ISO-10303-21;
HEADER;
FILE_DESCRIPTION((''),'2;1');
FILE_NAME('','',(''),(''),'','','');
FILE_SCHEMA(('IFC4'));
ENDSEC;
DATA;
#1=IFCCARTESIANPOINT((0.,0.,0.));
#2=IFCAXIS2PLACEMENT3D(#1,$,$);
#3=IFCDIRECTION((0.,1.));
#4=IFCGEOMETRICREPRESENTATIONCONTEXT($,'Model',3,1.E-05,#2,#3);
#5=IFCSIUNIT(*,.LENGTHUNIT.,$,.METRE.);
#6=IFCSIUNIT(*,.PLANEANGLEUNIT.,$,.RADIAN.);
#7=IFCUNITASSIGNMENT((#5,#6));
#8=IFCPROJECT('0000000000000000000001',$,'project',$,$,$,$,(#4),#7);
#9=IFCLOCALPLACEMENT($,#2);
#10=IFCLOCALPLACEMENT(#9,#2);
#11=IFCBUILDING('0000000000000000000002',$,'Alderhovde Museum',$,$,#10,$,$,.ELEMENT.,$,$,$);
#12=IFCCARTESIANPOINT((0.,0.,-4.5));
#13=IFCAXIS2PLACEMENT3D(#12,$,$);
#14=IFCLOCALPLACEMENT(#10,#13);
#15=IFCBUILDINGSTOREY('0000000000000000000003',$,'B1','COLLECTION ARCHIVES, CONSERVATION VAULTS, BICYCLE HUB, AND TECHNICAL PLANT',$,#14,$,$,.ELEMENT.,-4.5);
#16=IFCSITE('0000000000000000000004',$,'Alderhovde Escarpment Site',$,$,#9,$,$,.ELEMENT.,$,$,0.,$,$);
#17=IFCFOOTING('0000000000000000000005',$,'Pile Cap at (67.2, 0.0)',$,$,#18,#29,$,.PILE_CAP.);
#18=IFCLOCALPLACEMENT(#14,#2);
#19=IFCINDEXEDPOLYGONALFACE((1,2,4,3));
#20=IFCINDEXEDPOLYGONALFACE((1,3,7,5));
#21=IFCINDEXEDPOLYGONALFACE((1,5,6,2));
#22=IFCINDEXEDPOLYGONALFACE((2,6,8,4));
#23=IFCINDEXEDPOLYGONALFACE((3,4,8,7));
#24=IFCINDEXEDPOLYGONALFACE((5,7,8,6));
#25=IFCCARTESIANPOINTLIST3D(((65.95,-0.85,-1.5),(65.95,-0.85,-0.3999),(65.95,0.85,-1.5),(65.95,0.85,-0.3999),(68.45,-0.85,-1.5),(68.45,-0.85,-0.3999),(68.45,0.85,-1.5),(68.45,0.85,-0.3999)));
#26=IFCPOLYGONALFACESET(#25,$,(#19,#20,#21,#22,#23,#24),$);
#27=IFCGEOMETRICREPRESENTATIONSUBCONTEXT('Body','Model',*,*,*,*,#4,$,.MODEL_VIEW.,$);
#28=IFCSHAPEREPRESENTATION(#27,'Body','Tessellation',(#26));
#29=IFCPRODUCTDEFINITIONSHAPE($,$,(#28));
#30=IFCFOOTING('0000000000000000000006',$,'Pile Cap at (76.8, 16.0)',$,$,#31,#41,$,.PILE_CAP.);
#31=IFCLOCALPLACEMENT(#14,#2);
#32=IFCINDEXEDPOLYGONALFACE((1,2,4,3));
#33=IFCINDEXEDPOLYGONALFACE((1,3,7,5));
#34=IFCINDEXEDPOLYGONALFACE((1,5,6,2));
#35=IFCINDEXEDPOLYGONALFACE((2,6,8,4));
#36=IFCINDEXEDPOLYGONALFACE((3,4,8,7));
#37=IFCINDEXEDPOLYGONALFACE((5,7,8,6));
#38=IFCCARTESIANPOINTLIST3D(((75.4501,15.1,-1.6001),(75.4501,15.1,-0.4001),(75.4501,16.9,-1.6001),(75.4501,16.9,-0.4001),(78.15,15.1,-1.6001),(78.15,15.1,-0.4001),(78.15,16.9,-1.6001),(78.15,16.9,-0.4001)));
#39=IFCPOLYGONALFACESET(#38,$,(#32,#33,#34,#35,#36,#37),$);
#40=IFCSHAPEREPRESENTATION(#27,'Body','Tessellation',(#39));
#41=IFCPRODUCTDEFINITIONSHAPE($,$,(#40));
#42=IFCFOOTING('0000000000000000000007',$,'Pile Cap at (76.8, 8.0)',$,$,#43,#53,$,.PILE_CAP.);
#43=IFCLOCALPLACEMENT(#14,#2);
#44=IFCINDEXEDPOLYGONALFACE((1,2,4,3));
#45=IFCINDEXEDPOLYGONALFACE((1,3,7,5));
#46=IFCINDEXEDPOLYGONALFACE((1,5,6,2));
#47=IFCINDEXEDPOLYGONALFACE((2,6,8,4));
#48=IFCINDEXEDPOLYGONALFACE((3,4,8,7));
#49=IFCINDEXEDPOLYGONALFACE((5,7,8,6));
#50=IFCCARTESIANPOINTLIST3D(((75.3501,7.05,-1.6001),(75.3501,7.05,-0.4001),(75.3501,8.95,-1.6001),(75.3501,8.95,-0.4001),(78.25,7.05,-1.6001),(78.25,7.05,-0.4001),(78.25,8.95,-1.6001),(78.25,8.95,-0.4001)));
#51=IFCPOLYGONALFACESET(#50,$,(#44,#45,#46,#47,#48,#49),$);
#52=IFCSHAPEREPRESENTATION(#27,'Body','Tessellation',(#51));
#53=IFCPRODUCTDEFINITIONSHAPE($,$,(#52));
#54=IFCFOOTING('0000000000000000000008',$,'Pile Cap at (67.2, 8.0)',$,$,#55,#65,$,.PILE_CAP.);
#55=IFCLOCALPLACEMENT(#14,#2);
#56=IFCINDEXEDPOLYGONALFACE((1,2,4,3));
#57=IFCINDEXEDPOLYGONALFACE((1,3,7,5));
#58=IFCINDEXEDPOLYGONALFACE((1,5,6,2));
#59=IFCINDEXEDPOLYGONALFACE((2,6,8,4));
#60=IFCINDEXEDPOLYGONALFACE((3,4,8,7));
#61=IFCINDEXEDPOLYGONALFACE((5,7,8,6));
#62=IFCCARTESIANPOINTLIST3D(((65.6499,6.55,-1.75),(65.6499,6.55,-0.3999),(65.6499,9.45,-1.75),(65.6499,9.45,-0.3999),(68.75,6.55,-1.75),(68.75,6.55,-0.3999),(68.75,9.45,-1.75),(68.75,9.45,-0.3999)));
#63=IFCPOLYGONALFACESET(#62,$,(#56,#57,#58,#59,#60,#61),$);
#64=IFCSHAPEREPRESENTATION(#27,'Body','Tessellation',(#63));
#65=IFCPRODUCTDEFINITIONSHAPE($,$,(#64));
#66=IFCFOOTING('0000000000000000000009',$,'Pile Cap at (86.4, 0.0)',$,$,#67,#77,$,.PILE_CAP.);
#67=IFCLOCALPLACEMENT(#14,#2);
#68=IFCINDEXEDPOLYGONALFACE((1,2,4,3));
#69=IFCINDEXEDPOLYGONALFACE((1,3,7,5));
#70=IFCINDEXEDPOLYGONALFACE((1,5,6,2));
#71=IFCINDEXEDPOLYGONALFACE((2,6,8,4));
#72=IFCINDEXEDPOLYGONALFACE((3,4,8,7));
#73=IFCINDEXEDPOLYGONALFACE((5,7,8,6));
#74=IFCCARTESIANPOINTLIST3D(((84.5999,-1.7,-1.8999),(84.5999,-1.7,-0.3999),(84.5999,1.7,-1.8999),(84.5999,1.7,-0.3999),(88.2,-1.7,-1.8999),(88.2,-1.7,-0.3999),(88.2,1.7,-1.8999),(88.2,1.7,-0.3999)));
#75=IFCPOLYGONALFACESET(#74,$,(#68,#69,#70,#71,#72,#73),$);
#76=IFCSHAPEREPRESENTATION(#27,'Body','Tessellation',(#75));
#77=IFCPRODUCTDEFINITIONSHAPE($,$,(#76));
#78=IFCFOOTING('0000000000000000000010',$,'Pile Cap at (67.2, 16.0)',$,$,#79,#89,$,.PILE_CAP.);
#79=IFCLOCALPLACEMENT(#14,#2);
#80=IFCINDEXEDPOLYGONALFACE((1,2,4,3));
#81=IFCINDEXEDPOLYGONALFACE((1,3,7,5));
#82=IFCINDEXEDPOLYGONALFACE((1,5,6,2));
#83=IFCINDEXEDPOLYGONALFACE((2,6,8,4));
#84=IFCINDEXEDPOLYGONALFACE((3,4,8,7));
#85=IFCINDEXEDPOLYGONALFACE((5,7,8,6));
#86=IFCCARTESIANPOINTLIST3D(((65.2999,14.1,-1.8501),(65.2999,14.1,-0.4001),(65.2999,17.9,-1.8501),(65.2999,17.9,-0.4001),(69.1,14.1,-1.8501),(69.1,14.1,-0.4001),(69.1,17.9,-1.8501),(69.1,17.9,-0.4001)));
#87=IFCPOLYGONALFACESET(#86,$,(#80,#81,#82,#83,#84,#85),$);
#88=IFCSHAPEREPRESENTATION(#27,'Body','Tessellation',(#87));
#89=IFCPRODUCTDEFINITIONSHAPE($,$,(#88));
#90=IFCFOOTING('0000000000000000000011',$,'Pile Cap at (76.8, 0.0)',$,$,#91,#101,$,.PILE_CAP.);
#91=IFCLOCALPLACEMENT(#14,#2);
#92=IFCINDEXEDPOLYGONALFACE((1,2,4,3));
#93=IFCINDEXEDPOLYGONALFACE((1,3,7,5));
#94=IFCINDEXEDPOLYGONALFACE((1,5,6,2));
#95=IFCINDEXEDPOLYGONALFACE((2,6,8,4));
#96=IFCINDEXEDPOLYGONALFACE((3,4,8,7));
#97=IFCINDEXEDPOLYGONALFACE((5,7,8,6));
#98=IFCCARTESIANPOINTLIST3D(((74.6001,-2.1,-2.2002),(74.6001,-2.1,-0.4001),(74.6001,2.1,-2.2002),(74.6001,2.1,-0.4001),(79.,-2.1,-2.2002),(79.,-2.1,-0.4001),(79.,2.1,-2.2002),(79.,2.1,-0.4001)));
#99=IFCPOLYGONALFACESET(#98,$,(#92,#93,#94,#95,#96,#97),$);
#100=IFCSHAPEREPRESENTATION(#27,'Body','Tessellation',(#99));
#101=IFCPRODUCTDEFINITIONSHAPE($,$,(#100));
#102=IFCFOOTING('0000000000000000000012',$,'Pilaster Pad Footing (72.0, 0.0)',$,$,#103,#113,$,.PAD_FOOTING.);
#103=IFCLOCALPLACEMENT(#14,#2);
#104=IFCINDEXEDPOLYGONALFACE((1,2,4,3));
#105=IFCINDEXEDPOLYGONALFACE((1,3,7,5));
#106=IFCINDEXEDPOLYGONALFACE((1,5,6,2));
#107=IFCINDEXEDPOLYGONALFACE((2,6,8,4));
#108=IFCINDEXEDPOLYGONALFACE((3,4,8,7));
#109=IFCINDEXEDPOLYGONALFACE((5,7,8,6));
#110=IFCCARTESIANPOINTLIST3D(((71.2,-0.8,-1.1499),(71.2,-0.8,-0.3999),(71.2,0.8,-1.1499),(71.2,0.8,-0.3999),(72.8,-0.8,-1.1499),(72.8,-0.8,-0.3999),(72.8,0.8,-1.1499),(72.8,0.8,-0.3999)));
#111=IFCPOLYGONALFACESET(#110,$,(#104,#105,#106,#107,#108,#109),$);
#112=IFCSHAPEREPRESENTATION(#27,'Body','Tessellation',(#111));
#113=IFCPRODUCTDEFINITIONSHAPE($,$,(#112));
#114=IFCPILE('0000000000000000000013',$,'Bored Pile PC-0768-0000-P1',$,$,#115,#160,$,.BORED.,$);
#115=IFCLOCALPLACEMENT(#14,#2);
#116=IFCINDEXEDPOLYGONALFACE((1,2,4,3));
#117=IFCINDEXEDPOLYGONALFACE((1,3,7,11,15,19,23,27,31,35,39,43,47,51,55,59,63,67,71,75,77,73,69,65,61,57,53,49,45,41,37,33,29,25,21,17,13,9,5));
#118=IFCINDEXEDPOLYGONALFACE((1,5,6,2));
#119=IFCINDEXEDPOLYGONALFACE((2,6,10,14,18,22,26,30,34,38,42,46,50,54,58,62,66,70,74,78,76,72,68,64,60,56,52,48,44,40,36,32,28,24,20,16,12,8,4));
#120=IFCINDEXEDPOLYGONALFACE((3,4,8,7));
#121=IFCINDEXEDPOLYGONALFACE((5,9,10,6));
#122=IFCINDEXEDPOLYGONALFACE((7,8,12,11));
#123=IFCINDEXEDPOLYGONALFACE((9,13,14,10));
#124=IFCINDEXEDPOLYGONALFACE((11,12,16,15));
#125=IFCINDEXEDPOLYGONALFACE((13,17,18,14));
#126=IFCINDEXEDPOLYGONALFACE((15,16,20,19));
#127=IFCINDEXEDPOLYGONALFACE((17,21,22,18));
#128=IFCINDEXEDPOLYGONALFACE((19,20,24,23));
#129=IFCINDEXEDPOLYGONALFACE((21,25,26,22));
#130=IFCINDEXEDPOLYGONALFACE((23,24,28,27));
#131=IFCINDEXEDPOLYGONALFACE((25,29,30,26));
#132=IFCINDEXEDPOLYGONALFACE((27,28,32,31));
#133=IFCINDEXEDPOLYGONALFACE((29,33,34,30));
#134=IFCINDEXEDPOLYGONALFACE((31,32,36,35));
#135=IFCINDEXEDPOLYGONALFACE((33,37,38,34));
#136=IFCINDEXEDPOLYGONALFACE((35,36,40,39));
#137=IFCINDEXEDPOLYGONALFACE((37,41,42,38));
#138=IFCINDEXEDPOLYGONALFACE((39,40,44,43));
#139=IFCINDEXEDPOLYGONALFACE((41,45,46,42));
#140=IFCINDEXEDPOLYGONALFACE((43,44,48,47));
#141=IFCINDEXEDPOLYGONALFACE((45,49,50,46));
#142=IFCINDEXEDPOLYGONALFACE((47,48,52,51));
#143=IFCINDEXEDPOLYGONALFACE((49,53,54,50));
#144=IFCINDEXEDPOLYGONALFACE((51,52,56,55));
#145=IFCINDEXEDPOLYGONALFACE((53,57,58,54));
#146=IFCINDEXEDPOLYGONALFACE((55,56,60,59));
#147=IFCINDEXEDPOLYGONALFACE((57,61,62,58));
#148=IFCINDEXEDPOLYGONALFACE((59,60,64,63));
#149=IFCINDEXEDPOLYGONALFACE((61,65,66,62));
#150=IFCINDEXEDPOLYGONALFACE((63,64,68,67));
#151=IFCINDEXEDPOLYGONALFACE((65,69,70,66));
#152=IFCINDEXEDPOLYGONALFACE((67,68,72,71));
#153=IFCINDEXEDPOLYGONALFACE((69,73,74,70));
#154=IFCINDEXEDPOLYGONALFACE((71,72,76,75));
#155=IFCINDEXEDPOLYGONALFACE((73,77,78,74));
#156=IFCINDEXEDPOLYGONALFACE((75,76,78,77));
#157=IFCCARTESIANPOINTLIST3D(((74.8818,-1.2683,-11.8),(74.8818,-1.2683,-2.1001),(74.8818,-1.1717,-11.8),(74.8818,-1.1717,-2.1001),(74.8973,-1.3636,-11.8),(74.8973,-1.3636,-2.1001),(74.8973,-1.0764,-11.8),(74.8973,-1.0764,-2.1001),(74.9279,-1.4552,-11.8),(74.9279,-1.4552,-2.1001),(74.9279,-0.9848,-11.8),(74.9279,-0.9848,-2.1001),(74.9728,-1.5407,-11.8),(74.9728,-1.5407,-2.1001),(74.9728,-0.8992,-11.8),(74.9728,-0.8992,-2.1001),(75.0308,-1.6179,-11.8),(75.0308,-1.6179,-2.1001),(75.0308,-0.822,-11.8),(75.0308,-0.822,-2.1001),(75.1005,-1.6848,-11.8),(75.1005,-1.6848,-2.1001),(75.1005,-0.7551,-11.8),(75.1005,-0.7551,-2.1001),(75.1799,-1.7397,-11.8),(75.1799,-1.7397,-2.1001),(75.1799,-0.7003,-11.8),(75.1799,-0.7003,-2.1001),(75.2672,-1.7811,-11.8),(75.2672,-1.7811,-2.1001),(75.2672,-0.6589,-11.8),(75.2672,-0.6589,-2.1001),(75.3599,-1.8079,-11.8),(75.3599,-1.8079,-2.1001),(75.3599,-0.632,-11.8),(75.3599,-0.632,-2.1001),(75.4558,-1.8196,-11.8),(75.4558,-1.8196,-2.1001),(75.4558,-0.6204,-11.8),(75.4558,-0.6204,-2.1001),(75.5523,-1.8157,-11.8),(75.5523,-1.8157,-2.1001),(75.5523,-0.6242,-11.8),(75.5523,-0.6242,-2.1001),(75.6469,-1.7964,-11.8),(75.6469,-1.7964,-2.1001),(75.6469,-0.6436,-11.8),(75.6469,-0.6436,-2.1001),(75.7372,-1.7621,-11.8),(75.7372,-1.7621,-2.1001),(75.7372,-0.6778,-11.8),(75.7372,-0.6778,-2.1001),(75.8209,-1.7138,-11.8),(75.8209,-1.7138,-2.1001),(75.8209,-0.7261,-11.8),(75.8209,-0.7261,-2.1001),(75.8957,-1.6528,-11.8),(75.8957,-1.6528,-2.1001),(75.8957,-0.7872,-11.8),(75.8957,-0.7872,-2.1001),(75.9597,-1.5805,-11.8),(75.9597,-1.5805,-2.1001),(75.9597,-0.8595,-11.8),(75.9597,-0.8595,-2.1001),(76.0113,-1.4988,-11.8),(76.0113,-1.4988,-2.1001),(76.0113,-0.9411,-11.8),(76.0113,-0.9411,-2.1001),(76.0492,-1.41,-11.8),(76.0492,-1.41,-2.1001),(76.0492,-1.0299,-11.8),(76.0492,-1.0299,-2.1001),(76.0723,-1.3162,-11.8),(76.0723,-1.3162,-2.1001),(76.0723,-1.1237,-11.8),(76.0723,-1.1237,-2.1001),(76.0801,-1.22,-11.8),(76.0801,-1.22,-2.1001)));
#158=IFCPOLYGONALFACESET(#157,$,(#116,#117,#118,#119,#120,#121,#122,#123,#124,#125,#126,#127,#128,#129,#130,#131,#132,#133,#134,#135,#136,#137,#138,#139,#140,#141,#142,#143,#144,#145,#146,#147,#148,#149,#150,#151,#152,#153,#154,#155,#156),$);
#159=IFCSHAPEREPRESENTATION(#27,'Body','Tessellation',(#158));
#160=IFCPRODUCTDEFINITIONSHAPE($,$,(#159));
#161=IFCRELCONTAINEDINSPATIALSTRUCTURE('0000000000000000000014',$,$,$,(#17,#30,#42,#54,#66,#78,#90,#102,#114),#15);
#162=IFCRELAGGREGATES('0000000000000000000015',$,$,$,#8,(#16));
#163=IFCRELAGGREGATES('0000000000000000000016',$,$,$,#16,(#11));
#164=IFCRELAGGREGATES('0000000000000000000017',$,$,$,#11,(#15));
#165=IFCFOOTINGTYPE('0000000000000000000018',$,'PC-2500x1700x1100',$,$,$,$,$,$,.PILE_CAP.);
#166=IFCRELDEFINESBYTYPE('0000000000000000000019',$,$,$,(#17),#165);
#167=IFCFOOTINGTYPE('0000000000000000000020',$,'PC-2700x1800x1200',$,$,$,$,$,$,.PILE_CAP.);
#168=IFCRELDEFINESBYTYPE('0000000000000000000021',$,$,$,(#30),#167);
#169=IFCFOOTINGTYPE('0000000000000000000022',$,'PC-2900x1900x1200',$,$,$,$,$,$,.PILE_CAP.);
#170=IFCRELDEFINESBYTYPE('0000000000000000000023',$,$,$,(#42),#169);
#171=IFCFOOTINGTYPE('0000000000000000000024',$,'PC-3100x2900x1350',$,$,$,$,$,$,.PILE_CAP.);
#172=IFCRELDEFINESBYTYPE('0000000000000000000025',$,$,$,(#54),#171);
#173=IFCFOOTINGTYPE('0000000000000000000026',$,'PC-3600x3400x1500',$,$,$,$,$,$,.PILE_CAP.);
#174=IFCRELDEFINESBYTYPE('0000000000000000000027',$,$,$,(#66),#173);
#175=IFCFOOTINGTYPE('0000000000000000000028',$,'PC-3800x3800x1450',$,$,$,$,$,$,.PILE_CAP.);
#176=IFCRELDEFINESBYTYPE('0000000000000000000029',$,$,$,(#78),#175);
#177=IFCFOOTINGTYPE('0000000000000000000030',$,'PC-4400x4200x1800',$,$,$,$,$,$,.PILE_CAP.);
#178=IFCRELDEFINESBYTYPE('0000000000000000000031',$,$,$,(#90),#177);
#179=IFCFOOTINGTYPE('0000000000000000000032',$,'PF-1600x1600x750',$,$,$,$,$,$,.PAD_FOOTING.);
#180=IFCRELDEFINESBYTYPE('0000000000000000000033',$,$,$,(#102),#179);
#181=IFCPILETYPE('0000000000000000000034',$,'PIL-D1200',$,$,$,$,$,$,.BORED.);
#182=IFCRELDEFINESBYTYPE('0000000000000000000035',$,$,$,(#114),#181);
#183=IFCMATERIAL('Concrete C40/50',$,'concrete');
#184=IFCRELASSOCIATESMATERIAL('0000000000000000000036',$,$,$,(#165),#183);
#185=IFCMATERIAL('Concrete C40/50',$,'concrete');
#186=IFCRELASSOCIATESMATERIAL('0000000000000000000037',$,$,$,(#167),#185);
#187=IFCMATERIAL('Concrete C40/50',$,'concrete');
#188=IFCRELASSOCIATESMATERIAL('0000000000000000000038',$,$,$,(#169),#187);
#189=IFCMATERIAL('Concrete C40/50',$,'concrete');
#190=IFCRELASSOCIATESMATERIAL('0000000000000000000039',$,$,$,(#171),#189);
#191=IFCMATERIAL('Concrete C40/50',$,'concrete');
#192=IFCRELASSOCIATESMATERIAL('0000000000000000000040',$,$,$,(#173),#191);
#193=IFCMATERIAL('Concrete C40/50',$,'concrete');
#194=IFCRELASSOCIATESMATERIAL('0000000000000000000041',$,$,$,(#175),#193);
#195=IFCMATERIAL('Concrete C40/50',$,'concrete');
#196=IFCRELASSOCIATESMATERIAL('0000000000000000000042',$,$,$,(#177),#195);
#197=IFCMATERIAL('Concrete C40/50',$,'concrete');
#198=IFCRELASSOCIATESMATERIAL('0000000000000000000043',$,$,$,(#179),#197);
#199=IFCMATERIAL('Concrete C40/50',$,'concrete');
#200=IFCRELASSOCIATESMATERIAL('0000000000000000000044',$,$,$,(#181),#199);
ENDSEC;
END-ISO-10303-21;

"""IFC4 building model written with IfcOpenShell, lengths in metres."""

from ifc_helpers import new_model, si_unit, direction, frame, origin, origin_2d, place, context, subcontext, project, spatial, rectangle, circle, extrude, material, material_profile, profile_set, type_object, element, save


model = new_model("IFC4")

# Units and contexts
model_context = context("Model", 3, precision=1e-05, world=origin(), true_north=direction((0.0, 1.0)))
body_context = subcontext(model_context, "Body", "Model", "MODEL_VIEW")
ifc_project = project(units=[si_unit("LENGTHUNIT", "METRE"), si_unit("PLANEANGLEUNIT", "RADIAN")], contexts=[model_context])

# Site, building, storey
site_placement = place(None, origin())
site = spatial("IfcSite", under=ifc_project, at=site_placement, Name="Alderhovde Escarpment Site", CompositionType="ELEMENT", RefElevation=0.0)
building_placement = place(site_placement, origin())
building = spatial("IfcBuilding", under=site, at=building_placement, Name="Alderhovde Museum", CompositionType="ELEMENT")
storey_placement = place(building_placement, frame((0.0, 0.0, -4.5)))
storey = spatial("IfcBuildingStorey", under=building, at=storey_placement, Name="B1", Description="COLLECTION ARCHIVES, CONSERVATION VAULTS, BICYCLE HUB, AND TECHNICAL PLANT", CompositionType="ELEMENT", Elevation=-4.5)

# Footings
ifc_material_1 = material(Name="Concrete C40/50", Category="concrete")
footing_type_1 = type_object("IfcFootingType", Name="PC-2500x1700x1100", PredefinedType="PILE_CAP", material=ifc_material_1)
footing_1_placement = place(storey_placement, frame((67.2, 0.0, -1.5), z_axis=(0.0, 0.0, 1.0), x_axis=(1.0, 0.0, 0.0)))
element("IfcFooting", 1, at=footing_1_placement, inside=storey, type_object=footing_type_1, Name="Pile Cap at (67.2, 0.0)", PredefinedType="PILE_CAP", context=body_context, shape_type="SweptSolid", body=[
    extrude(rectangle(XDim=2.5, YDim=1.7, at=origin_2d()), origin(), (0.0, 0.0, 1.0), 1.1001),
])
ifc_material_2 = material(Name="Concrete C40/50", Category="concrete")
footing_type_2 = type_object("IfcFootingType", Name="PC-2700x1800x1200", PredefinedType="PILE_CAP", material=ifc_material_2)
footing_2_placement = place(storey_placement, frame((76.8, 16.0, -1.6001), z_axis=(0.0, 0.0, 1.0), x_axis=(1.0, 0.0, 0.0)))
element("IfcFooting", 2, at=footing_2_placement, inside=storey, type_object=footing_type_2, Name="Pile Cap at (76.8, 16.0)", PredefinedType="PILE_CAP", context=body_context, shape_type="SweptSolid", body=[
    extrude(rectangle(XDim=2.7, YDim=1.8, at=origin_2d()), origin(), (0.0, 0.0, 1.0), 1.2),
])
ifc_material_3 = material(Name="Concrete C40/50", Category="concrete")
footing_type_3 = type_object("IfcFootingType", Name="PC-2900x1900x1200", PredefinedType="PILE_CAP", material=ifc_material_3)
footing_3_placement = place(storey_placement, frame((76.8, 8.0, -1.6001), z_axis=(0.0, 0.0, 1.0), x_axis=(1.0, 0.0, 0.0)))
element("IfcFooting", 3, at=footing_3_placement, inside=storey, type_object=footing_type_3, Name="Pile Cap at (76.8, 8.0)", PredefinedType="PILE_CAP", context=body_context, shape_type="SweptSolid", body=[
    extrude(rectangle(XDim=2.8999, YDim=1.8999, at=origin_2d()), origin(), (0.0, 0.0, 1.0), 1.2),
])
ifc_material_4 = material(Name="Concrete C40/50", Category="concrete")
footing_type_4 = type_object("IfcFootingType", Name="PC-3100x2900x1350", PredefinedType="PILE_CAP", material=ifc_material_4)
footing_4_placement = place(storey_placement, frame((67.2, 8.0, -1.75), z_axis=(0.0, 0.0, 1.0), x_axis=(1.0, 0.0, 0.0)))
element("IfcFooting", 4, at=footing_4_placement, inside=storey, type_object=footing_type_4, Name="Pile Cap at (67.2, 8.0)", PredefinedType="PILE_CAP", context=body_context, shape_type="SweptSolid", body=[
    extrude(rectangle(XDim=3.1001, YDim=2.8999, at=origin_2d()), origin(), (0.0, 0.0, 1.0), 1.3501),
])
ifc_material_5 = material(Name="Concrete C40/50", Category="concrete")
footing_type_5 = type_object("IfcFootingType", Name="PC-3600x3400x1500", PredefinedType="PILE_CAP", material=ifc_material_5)
footing_5_placement = place(storey_placement, frame((86.3999, 0.0, -1.8999), z_axis=(0.0, 0.0, 1.0), x_axis=(1.0, 0.0, 0.0)))
element("IfcFooting", 5, at=footing_5_placement, inside=storey, type_object=footing_type_5, Name="Pile Cap at (86.4, 0.0)", PredefinedType="PILE_CAP", context=body_context, shape_type="SweptSolid", body=[
    extrude(rectangle(XDim=3.6001, YDim=3.3999, at=origin_2d()), origin(), (0.0, 0.0, 1.0), 1.5),
])
ifc_material_6 = material(Name="Concrete C40/50", Category="concrete")
footing_type_6 = type_object("IfcFootingType", Name="PC-3800x3800x1450", PredefinedType="PILE_CAP", material=ifc_material_6)
footing_6_placement = place(storey_placement, frame((67.2, 16.0, -1.8501), z_axis=(0.0, 0.0, 1.0), x_axis=(1.0, 0.0, 0.0)))
element("IfcFooting", 6, at=footing_6_placement, inside=storey, type_object=footing_type_6, Name="Pile Cap at (67.2, 16.0)", PredefinedType="PILE_CAP", context=body_context, shape_type="SweptSolid", body=[
    extrude(rectangle(XDim=3.8, YDim=3.8, at=origin_2d()), origin(), (0.0, 0.0, 1.0), 1.45),
])
ifc_material_7 = material(Name="Concrete C40/50", Category="concrete")
footing_type_7 = type_object("IfcFootingType", Name="PC-4400x4200x1800", PredefinedType="PILE_CAP", material=ifc_material_7)
footing_7_placement = place(storey_placement, frame((76.8, 0.0, -2.2002), z_axis=(0.0, 0.0, 1.0), x_axis=(1.0, 0.0, 0.0)))
element("IfcFooting", 7, at=footing_7_placement, inside=storey, type_object=footing_type_7, Name="Pile Cap at (76.8, 0.0)", PredefinedType="PILE_CAP", context=body_context, shape_type="SweptSolid", body=[
    extrude(rectangle(XDim=4.3999, YDim=4.2, at=origin_2d()), origin(), (0.0, 0.0, 1.0), 1.8),
])
ifc_material_8 = material(Name="Concrete C40/50", Category="concrete")
footing_type_8 = type_object("IfcFootingType", Name="PF-1600x1600x750", PredefinedType="PAD_FOOTING", material=ifc_material_8)
footing_8_placement = place(storey_placement, frame((72.0, 0.0, -1.1499), z_axis=(0.0, 0.0, 1.0), x_axis=(1.0, 0.0, 0.0)))
element("IfcFooting", 8, at=footing_8_placement, inside=storey, type_object=footing_type_8, Name="Pilaster Pad Footing (72.0, 0.0)", PredefinedType="PAD_FOOTING", context=body_context, shape_type="SweptSolid", body=[
    extrude(rectangle(XDim=1.6001, YDim=1.6001, at=origin_2d()), origin(), (0.0, 0.0, 1.0), 0.75),
])

# Pile
ifc_material_9 = material(Name="Concrete C40/50", Category="concrete")
ifc_material_profile_1 = material_profile(ifc_material_9, circle(Radius=0.6001, at=origin_2d()), Name="PILE-D1200")
ifc_profile_set_1 = profile_set([ifc_material_profile_1], Name="Concrete C40/50")
pile_type_1 = type_object("IfcPileType", Name="PIL-D1200", PredefinedType="BORED", material=ifc_profile_set_1)
for number, where, z_axis, x_axis, name in (
    (9, (75.48, -1.22, -2.1001), (0.0, 0.0, -1.0), (1.0, 0.0, 0.0), "Bored Pile PC-0768-0000-P1"),
):
    element("IfcPile", number, at=place(storey_placement, frame(where, z_axis=z_axis, x_axis=x_axis)), inside=storey, type_object=pile_type_1, Name=name, PredefinedType="BORED", context=body_context, shape_type="SweptSolid", body=[
        extrude(circle(Radius=0.6001, at=origin_2d()), origin(), (0.0, 0.0, 1.0), 9.7),
    ])

save(model, "model.ifc")
